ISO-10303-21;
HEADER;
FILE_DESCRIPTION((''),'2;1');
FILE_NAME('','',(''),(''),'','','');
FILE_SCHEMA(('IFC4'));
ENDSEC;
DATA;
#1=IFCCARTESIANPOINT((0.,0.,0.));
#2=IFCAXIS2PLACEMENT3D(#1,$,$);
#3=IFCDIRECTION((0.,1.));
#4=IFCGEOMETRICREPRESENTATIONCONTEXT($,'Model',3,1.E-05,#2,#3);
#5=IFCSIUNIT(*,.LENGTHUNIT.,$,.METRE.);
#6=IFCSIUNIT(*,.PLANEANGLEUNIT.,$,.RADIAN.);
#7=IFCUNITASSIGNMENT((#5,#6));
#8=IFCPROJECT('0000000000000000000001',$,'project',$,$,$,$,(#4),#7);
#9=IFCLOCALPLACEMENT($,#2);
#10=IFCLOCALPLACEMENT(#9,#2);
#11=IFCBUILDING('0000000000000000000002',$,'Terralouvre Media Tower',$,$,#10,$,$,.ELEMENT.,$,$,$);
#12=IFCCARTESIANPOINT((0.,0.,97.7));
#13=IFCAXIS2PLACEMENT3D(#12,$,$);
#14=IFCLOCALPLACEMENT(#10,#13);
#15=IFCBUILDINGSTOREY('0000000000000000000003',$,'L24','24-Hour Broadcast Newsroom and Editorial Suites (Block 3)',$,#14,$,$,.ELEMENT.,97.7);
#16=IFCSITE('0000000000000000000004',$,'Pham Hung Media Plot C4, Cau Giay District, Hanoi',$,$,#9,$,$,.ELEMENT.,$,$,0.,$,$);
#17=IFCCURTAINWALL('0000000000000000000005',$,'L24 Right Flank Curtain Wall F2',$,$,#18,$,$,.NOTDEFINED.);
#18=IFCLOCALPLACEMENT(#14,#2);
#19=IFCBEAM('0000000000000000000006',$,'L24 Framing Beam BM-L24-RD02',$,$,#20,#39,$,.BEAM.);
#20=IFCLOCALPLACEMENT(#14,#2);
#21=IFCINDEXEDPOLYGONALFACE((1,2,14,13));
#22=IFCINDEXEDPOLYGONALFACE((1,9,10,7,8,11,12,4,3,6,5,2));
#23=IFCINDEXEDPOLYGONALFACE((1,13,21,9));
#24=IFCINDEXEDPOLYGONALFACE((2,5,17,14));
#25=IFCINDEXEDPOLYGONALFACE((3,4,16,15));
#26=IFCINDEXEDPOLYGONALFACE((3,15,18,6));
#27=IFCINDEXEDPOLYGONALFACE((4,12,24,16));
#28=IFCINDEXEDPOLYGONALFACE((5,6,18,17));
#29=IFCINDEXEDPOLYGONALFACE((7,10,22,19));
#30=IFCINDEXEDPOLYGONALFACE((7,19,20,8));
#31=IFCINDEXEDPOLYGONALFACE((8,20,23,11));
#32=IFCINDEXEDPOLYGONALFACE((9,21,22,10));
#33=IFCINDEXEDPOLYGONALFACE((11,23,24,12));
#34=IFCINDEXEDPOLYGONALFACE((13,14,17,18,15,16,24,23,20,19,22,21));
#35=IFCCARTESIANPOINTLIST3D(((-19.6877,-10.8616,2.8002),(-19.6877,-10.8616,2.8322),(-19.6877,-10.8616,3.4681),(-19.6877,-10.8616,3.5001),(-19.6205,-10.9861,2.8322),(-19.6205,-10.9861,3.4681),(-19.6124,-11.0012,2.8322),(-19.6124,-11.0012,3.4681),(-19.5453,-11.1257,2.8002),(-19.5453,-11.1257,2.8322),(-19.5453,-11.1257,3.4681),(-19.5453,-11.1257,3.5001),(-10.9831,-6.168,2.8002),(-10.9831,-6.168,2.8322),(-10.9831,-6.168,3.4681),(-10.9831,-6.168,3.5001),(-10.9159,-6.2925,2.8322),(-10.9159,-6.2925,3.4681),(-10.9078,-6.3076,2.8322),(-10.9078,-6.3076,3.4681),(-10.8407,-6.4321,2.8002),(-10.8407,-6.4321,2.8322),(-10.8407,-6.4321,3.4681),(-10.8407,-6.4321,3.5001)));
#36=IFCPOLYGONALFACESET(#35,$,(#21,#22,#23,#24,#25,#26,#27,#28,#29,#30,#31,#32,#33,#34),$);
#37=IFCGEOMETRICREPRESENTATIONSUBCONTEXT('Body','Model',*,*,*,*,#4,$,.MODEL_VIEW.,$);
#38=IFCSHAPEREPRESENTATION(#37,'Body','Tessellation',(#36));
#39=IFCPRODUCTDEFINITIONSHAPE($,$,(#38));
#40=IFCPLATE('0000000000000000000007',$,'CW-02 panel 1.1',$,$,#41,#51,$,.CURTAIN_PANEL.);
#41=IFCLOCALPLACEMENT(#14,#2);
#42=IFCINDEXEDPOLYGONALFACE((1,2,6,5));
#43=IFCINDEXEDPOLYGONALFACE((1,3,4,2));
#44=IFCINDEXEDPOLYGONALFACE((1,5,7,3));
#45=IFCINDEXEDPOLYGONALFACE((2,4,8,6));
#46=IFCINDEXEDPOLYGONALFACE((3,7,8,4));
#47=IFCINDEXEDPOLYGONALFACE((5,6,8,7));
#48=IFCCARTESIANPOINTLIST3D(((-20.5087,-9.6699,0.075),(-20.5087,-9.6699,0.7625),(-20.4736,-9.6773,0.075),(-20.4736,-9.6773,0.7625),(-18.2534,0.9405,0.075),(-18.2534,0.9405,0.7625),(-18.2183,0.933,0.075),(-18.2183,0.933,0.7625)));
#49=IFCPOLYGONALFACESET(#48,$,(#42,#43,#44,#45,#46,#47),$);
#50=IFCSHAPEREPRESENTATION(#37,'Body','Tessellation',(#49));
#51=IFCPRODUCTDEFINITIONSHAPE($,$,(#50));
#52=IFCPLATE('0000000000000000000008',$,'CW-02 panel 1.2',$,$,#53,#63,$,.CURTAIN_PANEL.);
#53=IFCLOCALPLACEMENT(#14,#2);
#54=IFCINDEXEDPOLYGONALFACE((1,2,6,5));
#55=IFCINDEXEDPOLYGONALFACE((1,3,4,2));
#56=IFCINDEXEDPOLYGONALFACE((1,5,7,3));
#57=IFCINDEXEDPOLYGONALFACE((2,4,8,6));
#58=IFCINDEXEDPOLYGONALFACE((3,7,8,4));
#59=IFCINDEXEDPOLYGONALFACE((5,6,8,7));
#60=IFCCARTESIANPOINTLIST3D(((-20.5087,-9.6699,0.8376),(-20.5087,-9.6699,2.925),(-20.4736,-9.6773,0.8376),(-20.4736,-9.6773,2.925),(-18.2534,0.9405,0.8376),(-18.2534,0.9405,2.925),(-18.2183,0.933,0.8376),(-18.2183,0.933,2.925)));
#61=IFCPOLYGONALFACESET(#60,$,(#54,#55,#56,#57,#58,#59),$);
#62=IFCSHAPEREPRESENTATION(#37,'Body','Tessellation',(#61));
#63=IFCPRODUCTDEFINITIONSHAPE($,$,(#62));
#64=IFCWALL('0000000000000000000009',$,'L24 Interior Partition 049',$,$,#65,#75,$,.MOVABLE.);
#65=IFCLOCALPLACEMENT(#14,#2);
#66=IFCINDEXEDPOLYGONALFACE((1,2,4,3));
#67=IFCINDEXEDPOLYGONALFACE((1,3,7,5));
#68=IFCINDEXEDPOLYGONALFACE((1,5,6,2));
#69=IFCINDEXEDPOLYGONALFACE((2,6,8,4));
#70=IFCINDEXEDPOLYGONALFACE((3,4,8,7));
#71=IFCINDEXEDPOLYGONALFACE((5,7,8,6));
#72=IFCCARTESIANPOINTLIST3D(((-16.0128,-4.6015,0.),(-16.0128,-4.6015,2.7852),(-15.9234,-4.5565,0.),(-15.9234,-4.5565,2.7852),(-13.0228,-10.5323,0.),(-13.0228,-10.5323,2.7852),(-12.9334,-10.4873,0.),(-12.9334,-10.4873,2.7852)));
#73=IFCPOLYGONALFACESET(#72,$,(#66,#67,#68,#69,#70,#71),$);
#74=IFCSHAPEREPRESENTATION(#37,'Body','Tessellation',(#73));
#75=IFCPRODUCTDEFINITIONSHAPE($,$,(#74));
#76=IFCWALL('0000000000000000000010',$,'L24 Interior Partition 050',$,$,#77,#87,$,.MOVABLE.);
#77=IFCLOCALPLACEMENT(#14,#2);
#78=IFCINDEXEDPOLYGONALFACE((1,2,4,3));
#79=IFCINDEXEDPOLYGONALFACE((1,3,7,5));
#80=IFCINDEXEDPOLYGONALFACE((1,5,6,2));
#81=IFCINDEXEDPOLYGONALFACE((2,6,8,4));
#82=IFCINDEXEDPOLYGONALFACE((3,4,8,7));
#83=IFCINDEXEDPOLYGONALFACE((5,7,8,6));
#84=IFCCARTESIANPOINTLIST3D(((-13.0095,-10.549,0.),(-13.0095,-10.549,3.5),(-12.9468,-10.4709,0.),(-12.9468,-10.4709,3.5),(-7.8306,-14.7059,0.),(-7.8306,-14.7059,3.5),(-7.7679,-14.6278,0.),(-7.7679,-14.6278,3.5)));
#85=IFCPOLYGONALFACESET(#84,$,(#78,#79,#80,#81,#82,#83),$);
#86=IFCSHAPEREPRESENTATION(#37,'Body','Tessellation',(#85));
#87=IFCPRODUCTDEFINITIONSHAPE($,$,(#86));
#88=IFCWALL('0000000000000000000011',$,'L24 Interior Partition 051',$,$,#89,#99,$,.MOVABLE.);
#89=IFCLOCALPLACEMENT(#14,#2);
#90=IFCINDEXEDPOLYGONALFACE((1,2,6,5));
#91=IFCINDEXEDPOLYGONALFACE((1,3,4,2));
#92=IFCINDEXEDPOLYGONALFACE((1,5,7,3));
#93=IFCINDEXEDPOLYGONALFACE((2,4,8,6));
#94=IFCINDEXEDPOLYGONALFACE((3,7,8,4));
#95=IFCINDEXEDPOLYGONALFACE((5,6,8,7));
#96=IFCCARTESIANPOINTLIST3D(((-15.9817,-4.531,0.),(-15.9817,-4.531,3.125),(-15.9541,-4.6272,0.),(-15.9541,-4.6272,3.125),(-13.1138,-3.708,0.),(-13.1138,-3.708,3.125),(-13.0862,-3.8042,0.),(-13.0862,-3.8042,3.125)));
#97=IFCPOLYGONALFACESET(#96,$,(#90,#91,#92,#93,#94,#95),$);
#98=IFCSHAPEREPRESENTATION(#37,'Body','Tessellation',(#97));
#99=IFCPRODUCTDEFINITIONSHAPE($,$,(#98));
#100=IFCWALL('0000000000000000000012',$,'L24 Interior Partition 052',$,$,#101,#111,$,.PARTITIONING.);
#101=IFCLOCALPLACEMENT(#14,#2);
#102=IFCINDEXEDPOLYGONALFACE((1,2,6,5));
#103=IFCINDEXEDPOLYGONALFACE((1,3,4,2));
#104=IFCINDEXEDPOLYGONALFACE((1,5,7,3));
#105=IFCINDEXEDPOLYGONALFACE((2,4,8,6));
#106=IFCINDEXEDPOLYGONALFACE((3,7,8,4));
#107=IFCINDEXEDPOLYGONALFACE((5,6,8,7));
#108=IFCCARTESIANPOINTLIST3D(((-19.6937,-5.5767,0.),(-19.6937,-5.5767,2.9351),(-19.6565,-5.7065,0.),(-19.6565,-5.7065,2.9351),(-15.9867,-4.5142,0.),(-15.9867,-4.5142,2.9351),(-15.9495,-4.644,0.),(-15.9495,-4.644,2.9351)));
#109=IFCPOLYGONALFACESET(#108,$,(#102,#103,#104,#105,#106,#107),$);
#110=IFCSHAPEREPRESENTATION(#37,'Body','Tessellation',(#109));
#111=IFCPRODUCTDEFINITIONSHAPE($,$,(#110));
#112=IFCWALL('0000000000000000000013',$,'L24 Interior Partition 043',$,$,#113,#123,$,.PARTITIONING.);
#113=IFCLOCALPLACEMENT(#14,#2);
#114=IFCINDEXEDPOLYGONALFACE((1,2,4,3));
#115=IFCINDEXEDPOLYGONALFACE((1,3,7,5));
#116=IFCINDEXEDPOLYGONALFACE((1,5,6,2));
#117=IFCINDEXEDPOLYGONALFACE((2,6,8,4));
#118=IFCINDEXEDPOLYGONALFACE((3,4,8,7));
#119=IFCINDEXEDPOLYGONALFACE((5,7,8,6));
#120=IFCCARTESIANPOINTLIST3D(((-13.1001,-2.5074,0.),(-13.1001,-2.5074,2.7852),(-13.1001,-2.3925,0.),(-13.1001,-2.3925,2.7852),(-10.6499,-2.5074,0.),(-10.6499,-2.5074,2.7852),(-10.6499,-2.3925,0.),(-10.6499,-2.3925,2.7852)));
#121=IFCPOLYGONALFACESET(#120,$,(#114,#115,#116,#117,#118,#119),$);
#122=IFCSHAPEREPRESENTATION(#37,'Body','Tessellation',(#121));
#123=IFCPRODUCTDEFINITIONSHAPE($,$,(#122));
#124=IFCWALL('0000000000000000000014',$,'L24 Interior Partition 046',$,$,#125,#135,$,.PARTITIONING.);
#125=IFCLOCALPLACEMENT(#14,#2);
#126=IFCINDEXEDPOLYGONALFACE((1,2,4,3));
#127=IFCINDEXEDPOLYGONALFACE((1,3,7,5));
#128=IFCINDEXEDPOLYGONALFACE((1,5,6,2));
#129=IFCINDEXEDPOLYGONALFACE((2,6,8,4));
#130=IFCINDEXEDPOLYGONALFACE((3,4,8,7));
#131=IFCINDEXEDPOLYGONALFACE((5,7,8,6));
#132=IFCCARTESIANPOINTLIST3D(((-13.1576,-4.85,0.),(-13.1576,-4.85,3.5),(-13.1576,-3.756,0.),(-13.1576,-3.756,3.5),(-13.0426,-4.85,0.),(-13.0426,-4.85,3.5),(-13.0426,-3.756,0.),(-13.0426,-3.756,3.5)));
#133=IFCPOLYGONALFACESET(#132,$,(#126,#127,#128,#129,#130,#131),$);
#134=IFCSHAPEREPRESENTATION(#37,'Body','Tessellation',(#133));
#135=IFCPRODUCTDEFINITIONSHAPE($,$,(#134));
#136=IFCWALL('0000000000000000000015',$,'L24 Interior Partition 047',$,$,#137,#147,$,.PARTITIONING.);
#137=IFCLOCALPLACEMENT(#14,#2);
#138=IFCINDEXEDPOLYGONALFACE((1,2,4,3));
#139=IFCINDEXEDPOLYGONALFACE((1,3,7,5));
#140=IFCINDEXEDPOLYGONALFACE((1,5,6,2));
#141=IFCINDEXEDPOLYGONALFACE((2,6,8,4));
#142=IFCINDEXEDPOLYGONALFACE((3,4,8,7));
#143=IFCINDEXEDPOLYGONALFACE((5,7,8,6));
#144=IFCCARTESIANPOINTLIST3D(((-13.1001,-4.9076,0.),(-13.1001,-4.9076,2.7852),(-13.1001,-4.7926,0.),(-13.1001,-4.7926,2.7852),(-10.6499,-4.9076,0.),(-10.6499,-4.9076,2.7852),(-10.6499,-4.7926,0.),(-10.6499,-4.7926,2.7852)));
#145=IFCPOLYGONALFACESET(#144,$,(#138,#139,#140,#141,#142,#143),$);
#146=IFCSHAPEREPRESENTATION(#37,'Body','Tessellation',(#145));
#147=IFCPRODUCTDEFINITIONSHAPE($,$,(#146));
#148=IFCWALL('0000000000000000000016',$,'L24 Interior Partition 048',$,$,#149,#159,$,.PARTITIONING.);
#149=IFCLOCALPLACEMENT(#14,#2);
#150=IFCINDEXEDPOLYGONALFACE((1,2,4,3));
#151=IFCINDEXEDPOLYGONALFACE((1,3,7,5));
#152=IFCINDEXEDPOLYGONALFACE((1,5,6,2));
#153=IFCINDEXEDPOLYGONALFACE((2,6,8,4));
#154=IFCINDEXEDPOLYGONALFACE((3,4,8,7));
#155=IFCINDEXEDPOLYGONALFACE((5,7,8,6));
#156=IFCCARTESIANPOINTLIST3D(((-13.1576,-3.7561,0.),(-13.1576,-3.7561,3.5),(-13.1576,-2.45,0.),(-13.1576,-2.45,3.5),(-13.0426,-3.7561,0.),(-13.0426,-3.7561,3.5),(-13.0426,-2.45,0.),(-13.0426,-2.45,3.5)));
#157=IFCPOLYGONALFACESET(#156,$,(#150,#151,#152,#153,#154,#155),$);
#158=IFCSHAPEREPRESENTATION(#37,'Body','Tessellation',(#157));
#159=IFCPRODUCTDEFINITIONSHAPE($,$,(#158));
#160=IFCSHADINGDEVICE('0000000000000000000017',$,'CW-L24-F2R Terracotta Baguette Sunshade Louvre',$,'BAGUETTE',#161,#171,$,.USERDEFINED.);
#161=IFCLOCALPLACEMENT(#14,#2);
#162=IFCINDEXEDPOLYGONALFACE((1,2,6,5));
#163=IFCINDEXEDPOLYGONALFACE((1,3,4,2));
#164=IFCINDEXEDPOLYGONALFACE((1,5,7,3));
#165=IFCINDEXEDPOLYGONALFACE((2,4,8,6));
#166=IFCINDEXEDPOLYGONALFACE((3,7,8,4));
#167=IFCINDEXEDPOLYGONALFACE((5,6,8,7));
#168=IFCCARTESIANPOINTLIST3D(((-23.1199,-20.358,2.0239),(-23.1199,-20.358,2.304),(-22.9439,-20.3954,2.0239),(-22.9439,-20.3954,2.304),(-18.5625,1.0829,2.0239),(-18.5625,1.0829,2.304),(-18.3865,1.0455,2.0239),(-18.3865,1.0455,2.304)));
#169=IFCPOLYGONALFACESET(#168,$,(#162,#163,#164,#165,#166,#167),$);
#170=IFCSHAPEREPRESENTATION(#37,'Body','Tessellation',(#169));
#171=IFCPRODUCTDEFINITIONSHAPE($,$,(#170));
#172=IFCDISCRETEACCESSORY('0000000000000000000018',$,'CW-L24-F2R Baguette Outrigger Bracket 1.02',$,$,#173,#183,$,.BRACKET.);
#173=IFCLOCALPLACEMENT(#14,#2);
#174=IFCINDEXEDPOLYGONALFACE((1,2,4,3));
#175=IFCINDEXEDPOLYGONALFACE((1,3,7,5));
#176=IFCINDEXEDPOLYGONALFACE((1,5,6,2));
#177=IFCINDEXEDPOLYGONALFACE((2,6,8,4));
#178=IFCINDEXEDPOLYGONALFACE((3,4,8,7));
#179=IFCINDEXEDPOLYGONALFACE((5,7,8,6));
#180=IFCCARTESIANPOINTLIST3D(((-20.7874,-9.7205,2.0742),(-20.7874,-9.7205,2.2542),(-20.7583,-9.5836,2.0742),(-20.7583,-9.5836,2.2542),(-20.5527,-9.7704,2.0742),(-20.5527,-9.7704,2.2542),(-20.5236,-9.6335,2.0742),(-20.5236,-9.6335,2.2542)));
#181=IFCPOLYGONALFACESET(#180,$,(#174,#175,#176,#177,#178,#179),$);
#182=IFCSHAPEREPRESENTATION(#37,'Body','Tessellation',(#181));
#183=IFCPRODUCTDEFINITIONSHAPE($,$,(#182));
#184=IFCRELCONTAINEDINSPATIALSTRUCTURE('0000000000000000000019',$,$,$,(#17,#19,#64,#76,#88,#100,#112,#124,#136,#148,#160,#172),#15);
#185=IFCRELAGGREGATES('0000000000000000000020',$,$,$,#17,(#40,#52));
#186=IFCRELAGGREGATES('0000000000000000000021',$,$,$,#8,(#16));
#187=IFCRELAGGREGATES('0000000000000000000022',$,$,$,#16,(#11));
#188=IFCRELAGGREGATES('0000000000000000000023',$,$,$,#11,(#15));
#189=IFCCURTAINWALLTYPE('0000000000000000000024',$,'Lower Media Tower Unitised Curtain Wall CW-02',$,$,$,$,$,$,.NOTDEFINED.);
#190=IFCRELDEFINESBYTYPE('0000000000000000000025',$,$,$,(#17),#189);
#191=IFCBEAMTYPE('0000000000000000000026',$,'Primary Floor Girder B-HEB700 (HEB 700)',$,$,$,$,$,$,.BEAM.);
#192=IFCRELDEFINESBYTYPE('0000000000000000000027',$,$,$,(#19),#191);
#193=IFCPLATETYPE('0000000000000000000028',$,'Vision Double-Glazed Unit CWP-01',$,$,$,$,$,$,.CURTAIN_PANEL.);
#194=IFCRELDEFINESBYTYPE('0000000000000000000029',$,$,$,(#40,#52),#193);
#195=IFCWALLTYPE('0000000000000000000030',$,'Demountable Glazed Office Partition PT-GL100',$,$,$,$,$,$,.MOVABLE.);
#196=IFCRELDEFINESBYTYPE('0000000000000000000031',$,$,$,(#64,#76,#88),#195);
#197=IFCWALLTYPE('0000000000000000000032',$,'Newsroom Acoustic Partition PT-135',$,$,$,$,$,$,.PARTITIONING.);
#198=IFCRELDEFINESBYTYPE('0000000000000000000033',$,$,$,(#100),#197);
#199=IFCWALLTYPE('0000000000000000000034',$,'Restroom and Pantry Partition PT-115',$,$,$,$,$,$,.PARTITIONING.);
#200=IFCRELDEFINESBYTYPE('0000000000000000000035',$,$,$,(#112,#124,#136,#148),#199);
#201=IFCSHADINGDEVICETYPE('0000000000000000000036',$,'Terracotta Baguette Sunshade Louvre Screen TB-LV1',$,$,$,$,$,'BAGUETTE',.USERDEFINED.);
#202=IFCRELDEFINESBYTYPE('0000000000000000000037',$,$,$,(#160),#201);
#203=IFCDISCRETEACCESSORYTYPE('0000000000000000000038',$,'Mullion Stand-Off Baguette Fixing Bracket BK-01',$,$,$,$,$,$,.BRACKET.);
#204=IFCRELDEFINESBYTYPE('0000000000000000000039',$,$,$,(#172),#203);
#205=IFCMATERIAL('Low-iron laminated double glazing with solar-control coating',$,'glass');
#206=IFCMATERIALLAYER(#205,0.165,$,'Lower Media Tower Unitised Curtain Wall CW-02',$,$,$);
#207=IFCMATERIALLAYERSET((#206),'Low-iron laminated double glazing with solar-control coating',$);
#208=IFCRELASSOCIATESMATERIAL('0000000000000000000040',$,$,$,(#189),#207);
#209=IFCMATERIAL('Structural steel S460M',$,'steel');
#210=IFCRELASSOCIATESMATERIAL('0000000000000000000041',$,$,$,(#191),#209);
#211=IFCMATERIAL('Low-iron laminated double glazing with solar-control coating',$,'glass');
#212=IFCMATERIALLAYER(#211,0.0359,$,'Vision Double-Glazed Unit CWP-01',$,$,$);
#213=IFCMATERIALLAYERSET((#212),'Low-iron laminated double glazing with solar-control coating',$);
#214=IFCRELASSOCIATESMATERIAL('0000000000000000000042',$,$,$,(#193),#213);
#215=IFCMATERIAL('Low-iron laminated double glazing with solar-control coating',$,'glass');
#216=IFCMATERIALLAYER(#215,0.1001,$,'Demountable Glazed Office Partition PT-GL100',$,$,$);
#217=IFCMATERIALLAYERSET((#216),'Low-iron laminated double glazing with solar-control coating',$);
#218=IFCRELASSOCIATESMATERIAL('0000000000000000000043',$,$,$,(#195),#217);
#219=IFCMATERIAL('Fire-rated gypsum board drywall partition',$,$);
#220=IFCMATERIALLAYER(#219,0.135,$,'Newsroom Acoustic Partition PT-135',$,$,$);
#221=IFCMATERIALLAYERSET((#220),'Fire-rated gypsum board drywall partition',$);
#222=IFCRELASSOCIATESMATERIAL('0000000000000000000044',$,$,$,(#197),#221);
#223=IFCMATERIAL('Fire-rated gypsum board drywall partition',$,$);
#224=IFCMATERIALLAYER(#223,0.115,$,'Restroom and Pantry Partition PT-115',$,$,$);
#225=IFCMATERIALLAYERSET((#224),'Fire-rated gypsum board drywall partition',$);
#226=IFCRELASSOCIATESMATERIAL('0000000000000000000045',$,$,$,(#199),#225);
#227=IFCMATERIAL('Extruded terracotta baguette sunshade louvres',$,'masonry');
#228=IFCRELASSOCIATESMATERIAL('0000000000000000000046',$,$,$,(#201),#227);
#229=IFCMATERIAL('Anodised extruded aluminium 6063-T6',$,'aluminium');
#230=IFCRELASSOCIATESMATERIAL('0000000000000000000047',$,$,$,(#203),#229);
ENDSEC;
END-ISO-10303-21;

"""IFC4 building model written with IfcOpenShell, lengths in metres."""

from ifc_helpers import new_model, si_unit, direction, frame, frame_2d, origin, origin_2d, place, context, subcontext, project, spatial, rectangle, i_section, extrude, material, layer, layer_set, material_profile, profile_set, type_object, element, aggregate, save


model = new_model("IFC4")

# Units and contexts
model_context = context("Model", 3, precision=1e-05, world=origin(), true_north=direction((0.0, 1.0)))
body_context = subcontext(model_context, "Body", "Model", "MODEL_VIEW")
ifc_project = project(units=[si_unit("LENGTHUNIT", "METRE"), si_unit("PLANEANGLEUNIT", "RADIAN")], contexts=[model_context])

# Site, building, storey
site_placement = place(None, origin())
site = spatial("IfcSite", under=ifc_project, at=site_placement, Name="Pham Hung Media Plot C4, Cau Giay District, Hanoi", CompositionType="ELEMENT", RefElevation=0.0)
building_placement = place(site_placement, origin())
building = spatial("IfcBuilding", under=site, at=building_placement, Name="Terralouvre Media Tower", CompositionType="ELEMENT")
storey_placement = place(building_placement, frame((0.0, 0.0, 97.7)))
storey = spatial("IfcBuildingStorey", under=building, at=storey_placement, Name="L24", Description="24-Hour Broadcast Newsroom and Editorial Suites (Block 3)", CompositionType="ELEMENT", Elevation=97.7)

# Curtain wall
ifc_material_1 = material(Name="Low-iron laminated double glazing with solar-control coating", Category="glass")
ifc_layer_1 = layer(ifc_material_1, 0.165, Name="Lower Media Tower Unitised Curtain Wall CW-02")
ifc_layer_set_1 = layer_set([ifc_layer_1], Name="Low-iron laminated double glazing with solar-control coating")
curtain_wall_type = type_object("IfcCurtainWallType", Name="Lower Media Tower Unitised Curtain Wall CW-02", PredefinedType="NOTDEFINED", material=ifc_layer_set_1)
curtain_wall_placement = place(storey_placement, origin())
curtain_wall = element("IfcCurtainWall", 1, at=curtain_wall_placement, inside=storey, type_object=curtain_wall_type, Name="L24 Right Flank Curtain Wall F2", PredefinedType="NOTDEFINED")

# Beam
ifc_material_2 = material(Name="Structural steel S460M", Category="steel")
ifc_material_profile_1 = material_profile(ifc_material_2, i_section(OverallWidth=0.3, OverallDepth=0.7, WebThickness=0.0171, FlangeThickness=0.032, at=origin_2d()), Name="HEB 700")
ifc_profile_set_1 = profile_set([ifc_material_profile_1], Name="Structural steel S460M")
beam_type_1 = type_object("IfcBeamType", Name="Primary Floor Girder B-HEB700 (HEB 700)", PredefinedType="BEAM", material=ifc_profile_set_1)
beam_1_placement = place(storey_placement, frame((-10.9119, -6.3, 3.1501), z_axis=(-0.880196, -0.474611, 0.0), x_axis=(0.474611, -0.880196, 0.0)))
element("IfcBeam", 2, at=beam_1_placement, inside=storey, type_object=beam_type_1, Name="L24 Framing Beam BM-L24-RD02", PredefinedType="BEAM", context=body_context, shape_type="SweptSolid", body=[
    extrude(i_section(OverallWidth=0.3, OverallDepth=0.7, WebThickness=0.0171, FlangeThickness=0.032, at=origin_2d()), origin(), (0.0, 0.0, 1.0), 9.8894),
])

# Plates
ifc_material_3 = material(Name="Low-iron laminated double glazing with solar-control coating", Category="glass")
ifc_layer_2 = layer(ifc_material_3, 0.0359, Name="Vision Double-Glazed Unit CWP-01")
ifc_layer_set_2 = layer_set([ifc_layer_2], Name="Low-iron laminated double glazing with solar-control coating")
plate_type = type_object("IfcPlateType", Name="Vision Double-Glazed Unit CWP-01", PredefinedType="CURTAIN_PANEL", material=ifc_layer_set_2)
plate_1_placement = place(storey_placement, frame((-19.3635, -4.3684, 0.075), z_axis=(0.0, 0.0, 1.0), x_axis=(-0.207911, -0.978148, 0.0)))
plate_1 = element("IfcPlate", 3, at=plate_1_placement, type_object=plate_type, Name="CW-02 panel 1.1", PredefinedType="CURTAIN_PANEL", context=body_context, shape_type="SweptSolid", body=[
    extrude(rectangle(XDim=10.8474, YDim=0.0359, at=origin_2d()), origin(), (0.0, 0.0, 1.0), 0.6875),
])
plate_2_placement = place(storey_placement, frame((-19.3635, -4.3684, 0.8376), z_axis=(0.0, 0.0, 1.0), x_axis=(-0.207911, -0.978148, 0.0)))
plate_2 = element("IfcPlate", 4, at=plate_2_placement, type_object=plate_type, Name="CW-02 panel 1.2", PredefinedType="CURTAIN_PANEL", context=body_context, shape_type="SweptSolid", body=[
    extrude(rectangle(XDim=10.8474, YDim=0.0359, at=origin_2d()), origin(), (0.0, 0.0, 1.0), 2.0874),
])
aggregate(curtain_wall, [plate_1, plate_2])

# Walls
ifc_material_4 = material(Name="Low-iron laminated double glazing with solar-control coating", Category="glass")
ifc_layer_3 = layer(ifc_material_4, 0.1001, Name="Demountable Glazed Office Partition PT-GL100")
ifc_layer_set_3 = layer_set([ifc_layer_3], Name="Low-iron laminated double glazing with solar-control coating")
wall_type_1 = type_object("IfcWallType", Name="Demountable Glazed Office Partition PT-GL100", PredefinedType="MOVABLE", material=ifc_layer_set_3)
wall_1_placement = place(storey_placement, frame((-15.968, -4.5791, 0.0), z_axis=(0.0, 0.0, 1.0), x_axis=(0.450166, -0.892945, 0.0)))
element("IfcWall", 5, at=wall_1_placement, inside=storey, type_object=wall_type_1, Name="L24 Interior Partition 049", PredefinedType="MOVABLE", context=body_context, shape_type="SweptSolid", body=[
    extrude(rectangle(XDim=6.6418, YDim=0.1001, at=frame_2d((3.3208, 0.0))), origin(), (0.0, 0.0, 1.0), 2.7852),
])
wall_2_placement = place(storey_placement, frame((-12.978, -10.51, 0.0), z_axis=(0.0, 0.0, 1.0), x_axis=(0.779853, -0.625963, 0.0)))
element("IfcWall", 6, at=wall_2_placement, inside=storey, type_object=wall_type_1, Name="L24 Interior Partition 050", PredefinedType="MOVABLE", context=body_context, shape_type="SweptSolid", body=[
    extrude(rectangle(XDim=6.6409, YDim=0.1001, at=frame_2d((3.3203, 0.0))), origin(), (0.0, 0.0, 1.0), 3.5),
])
wall_3_placement = place(storey_placement, frame((-13.1001, -3.7561, 0.0), z_axis=(0.0, 0.0, 1.0), x_axis=(-0.961205, -0.275834, 0.0)))
element("IfcWall", 7, at=wall_3_placement, inside=storey, type_object=wall_type_1, Name="L24 Interior Partition 051", PredefinedType="MOVABLE", context=body_context, shape_type="SweptSolid", body=[
    extrude(rectangle(XDim=2.9836, YDim=0.1001, at=frame_2d((1.4917, 0.0))), origin(), (0.0, 0.0, 1.0), 3.125),
])
ifc_material_5 = material(Name="Fire-rated gypsum board drywall partition")
ifc_layer_4 = layer(ifc_material_5, 0.135, Name="Newsroom Acoustic Partition PT-135")
ifc_layer_set_4 = layer_set([ifc_layer_4], Name="Fire-rated gypsum board drywall partition")
wall_type_2 = type_object("IfcWallType", Name="Newsroom Acoustic Partition PT-135", PredefinedType="PARTITIONING", material=ifc_layer_set_4)
wall_4_placement = place(storey_placement, frame((-15.968, -4.5791, 0.0), z_axis=(0.0, 0.0, 1.0), x_axis=(-0.961294, -0.275524, 0.0)))
element("IfcWall", 8, at=wall_4_placement, inside=storey, type_object=wall_type_2, Name="L24 Interior Partition 052", PredefinedType="PARTITIONING", context=body_context, shape_type="SweptSolid", body=[
    extrude(rectangle(XDim=3.8562, YDim=0.135, at=frame_2d((1.9282, 0.0))), origin(), (0.0, 0.0, 1.0), 2.9351),
])
ifc_material_6 = material(Name="Fire-rated gypsum board drywall partition")
ifc_layer_5 = layer(ifc_material_6, 0.115, Name="Restroom and Pantry Partition PT-115")
ifc_layer_set_5 = layer_set([ifc_layer_5], Name="Fire-rated gypsum board drywall partition")
wall_type_3 = type_object("IfcWallType", Name="Restroom and Pantry Partition PT-115", PredefinedType="PARTITIONING", material=ifc_layer_set_5)
wall_5_placement = place(storey_placement, frame((-13.1001, -2.45, 0.0), z_axis=(0.0, 0.0, 1.0), x_axis=(1.0, 0.0, 0.0)))
element("IfcWall", 9, at=wall_5_placement, inside=storey, type_object=wall_type_3, Name="L24 Interior Partition 043", PredefinedType="PARTITIONING", context=body_context, shape_type="SweptSolid", body=[
    extrude(rectangle(XDim=2.4502, YDim=0.115, at=frame_2d((1.2251, 0.0))), origin(), (0.0, 0.0, 1.0), 2.7852),
])
wall_6_placement = place(storey_placement, frame((-13.1001, -3.7561, 0.0), z_axis=(0.0, 0.0, 1.0), x_axis=(0.0, -1.0, 0.0)))
element("IfcWall", 10, at=wall_6_placement, inside=storey, type_object=wall_type_3, Name="L24 Interior Partition 046", PredefinedType="PARTITIONING", context=body_context, shape_type="SweptSolid", body=[
    extrude(rectangle(XDim=1.094, YDim=0.115, at=frame_2d((0.5469, 0.0))), origin(), (0.0, 0.0, 1.0), 3.5),
])
wall_7_placement = place(storey_placement, frame((-13.1001, -4.8501, 0.0), z_axis=(0.0, 0.0, 1.0), x_axis=(1.0, 0.0, 0.0)))
element("IfcWall", 11, at=wall_7_placement, inside=storey, type_object=wall_type_3, Name="L24 Interior Partition 047", PredefinedType="PARTITIONING", context=body_context, shape_type="SweptSolid", body=[
    extrude(rectangle(XDim=2.4502, YDim=0.115, at=frame_2d((1.2251, 0.0))), origin(), (0.0, 0.0, 1.0), 2.7852),
])
wall_8_placement = place(storey_placement, frame((-13.1001, -2.45, 0.0), z_axis=(0.0, 0.0, 1.0), x_axis=(0.0, -1.0, 0.0)))
element("IfcWall", 12, at=wall_8_placement, inside=storey, type_object=wall_type_3, Name="L24 Interior Partition 048", PredefinedType="PARTITIONING", context=body_context, shape_type="SweptSolid", body=[
    extrude(rectangle(XDim=1.3062, YDim=0.115, at=frame_2d((0.6531, 0.0))), origin(), (0.0, 0.0, 1.0), 3.5),
])

# Shading device
ifc_material_7 = material(Name="Extruded terracotta baguette sunshade louvres", Category="masonry")
shading_device_type = type_object("IfcShadingDeviceType", Name="Terracotta Baguette Sunshade Louvre Screen TB-LV1", ElementType="BAGUETTE", PredefinedType="USERDEFINED", material=ifc_material_7)
shading_device_placement = place(storey_placement, frame((-20.7532, -9.6562, 2.0239), z_axis=(0.0, 0.0, 1.0), x_axis=(-0.207911, -0.978148, 0.0)))
element("IfcShadingDevice", 13, at=shading_device_placement, inside=storey, type_object=shading_device_type, Name="CW-L24-F2R Terracotta Baguette Sunshade Louvre", ObjectType="BAGUETTE", PredefinedType="USERDEFINED", context=body_context, shape_type="SweptSolid", body=[
    extrude(rectangle(XDim=21.9199, YDim=0.1799, at=origin_2d()), origin(), (0.0, 0.0, 1.0), 0.28),
])

# Discrete accessory
ifc_material_8 = material(Name="Anodised extruded aluminium 6063-T6", Category="aluminium")
discrete_accessory_type = type_object("IfcDiscreteAccessoryType", Name="Mullion Stand-Off Baguette Fixing Bracket BK-01", PredefinedType="BRACKET", material=ifc_material_8)
discrete_accessory_placement = place(storey_placement, frame((-20.6555, -9.677, 2.0742), z_axis=(0.0, 0.0, 1.0), x_axis=(-0.207911, -0.978148, 0.0)))
element("IfcDiscreteAccessory", 14, at=discrete_accessory_placement, inside=storey, type_object=discrete_accessory_type, Name="CW-L24-F2R Baguette Outrigger Bracket 1.02", PredefinedType="BRACKET", context=body_context, shape_type="SweptSolid", body=[
    extrude(rectangle(XDim=0.1399, YDim=0.24, at=origin_2d()), origin(), (0.0, 0.0, 1.0), 0.1799),
])

save(model, "model.ifc")
